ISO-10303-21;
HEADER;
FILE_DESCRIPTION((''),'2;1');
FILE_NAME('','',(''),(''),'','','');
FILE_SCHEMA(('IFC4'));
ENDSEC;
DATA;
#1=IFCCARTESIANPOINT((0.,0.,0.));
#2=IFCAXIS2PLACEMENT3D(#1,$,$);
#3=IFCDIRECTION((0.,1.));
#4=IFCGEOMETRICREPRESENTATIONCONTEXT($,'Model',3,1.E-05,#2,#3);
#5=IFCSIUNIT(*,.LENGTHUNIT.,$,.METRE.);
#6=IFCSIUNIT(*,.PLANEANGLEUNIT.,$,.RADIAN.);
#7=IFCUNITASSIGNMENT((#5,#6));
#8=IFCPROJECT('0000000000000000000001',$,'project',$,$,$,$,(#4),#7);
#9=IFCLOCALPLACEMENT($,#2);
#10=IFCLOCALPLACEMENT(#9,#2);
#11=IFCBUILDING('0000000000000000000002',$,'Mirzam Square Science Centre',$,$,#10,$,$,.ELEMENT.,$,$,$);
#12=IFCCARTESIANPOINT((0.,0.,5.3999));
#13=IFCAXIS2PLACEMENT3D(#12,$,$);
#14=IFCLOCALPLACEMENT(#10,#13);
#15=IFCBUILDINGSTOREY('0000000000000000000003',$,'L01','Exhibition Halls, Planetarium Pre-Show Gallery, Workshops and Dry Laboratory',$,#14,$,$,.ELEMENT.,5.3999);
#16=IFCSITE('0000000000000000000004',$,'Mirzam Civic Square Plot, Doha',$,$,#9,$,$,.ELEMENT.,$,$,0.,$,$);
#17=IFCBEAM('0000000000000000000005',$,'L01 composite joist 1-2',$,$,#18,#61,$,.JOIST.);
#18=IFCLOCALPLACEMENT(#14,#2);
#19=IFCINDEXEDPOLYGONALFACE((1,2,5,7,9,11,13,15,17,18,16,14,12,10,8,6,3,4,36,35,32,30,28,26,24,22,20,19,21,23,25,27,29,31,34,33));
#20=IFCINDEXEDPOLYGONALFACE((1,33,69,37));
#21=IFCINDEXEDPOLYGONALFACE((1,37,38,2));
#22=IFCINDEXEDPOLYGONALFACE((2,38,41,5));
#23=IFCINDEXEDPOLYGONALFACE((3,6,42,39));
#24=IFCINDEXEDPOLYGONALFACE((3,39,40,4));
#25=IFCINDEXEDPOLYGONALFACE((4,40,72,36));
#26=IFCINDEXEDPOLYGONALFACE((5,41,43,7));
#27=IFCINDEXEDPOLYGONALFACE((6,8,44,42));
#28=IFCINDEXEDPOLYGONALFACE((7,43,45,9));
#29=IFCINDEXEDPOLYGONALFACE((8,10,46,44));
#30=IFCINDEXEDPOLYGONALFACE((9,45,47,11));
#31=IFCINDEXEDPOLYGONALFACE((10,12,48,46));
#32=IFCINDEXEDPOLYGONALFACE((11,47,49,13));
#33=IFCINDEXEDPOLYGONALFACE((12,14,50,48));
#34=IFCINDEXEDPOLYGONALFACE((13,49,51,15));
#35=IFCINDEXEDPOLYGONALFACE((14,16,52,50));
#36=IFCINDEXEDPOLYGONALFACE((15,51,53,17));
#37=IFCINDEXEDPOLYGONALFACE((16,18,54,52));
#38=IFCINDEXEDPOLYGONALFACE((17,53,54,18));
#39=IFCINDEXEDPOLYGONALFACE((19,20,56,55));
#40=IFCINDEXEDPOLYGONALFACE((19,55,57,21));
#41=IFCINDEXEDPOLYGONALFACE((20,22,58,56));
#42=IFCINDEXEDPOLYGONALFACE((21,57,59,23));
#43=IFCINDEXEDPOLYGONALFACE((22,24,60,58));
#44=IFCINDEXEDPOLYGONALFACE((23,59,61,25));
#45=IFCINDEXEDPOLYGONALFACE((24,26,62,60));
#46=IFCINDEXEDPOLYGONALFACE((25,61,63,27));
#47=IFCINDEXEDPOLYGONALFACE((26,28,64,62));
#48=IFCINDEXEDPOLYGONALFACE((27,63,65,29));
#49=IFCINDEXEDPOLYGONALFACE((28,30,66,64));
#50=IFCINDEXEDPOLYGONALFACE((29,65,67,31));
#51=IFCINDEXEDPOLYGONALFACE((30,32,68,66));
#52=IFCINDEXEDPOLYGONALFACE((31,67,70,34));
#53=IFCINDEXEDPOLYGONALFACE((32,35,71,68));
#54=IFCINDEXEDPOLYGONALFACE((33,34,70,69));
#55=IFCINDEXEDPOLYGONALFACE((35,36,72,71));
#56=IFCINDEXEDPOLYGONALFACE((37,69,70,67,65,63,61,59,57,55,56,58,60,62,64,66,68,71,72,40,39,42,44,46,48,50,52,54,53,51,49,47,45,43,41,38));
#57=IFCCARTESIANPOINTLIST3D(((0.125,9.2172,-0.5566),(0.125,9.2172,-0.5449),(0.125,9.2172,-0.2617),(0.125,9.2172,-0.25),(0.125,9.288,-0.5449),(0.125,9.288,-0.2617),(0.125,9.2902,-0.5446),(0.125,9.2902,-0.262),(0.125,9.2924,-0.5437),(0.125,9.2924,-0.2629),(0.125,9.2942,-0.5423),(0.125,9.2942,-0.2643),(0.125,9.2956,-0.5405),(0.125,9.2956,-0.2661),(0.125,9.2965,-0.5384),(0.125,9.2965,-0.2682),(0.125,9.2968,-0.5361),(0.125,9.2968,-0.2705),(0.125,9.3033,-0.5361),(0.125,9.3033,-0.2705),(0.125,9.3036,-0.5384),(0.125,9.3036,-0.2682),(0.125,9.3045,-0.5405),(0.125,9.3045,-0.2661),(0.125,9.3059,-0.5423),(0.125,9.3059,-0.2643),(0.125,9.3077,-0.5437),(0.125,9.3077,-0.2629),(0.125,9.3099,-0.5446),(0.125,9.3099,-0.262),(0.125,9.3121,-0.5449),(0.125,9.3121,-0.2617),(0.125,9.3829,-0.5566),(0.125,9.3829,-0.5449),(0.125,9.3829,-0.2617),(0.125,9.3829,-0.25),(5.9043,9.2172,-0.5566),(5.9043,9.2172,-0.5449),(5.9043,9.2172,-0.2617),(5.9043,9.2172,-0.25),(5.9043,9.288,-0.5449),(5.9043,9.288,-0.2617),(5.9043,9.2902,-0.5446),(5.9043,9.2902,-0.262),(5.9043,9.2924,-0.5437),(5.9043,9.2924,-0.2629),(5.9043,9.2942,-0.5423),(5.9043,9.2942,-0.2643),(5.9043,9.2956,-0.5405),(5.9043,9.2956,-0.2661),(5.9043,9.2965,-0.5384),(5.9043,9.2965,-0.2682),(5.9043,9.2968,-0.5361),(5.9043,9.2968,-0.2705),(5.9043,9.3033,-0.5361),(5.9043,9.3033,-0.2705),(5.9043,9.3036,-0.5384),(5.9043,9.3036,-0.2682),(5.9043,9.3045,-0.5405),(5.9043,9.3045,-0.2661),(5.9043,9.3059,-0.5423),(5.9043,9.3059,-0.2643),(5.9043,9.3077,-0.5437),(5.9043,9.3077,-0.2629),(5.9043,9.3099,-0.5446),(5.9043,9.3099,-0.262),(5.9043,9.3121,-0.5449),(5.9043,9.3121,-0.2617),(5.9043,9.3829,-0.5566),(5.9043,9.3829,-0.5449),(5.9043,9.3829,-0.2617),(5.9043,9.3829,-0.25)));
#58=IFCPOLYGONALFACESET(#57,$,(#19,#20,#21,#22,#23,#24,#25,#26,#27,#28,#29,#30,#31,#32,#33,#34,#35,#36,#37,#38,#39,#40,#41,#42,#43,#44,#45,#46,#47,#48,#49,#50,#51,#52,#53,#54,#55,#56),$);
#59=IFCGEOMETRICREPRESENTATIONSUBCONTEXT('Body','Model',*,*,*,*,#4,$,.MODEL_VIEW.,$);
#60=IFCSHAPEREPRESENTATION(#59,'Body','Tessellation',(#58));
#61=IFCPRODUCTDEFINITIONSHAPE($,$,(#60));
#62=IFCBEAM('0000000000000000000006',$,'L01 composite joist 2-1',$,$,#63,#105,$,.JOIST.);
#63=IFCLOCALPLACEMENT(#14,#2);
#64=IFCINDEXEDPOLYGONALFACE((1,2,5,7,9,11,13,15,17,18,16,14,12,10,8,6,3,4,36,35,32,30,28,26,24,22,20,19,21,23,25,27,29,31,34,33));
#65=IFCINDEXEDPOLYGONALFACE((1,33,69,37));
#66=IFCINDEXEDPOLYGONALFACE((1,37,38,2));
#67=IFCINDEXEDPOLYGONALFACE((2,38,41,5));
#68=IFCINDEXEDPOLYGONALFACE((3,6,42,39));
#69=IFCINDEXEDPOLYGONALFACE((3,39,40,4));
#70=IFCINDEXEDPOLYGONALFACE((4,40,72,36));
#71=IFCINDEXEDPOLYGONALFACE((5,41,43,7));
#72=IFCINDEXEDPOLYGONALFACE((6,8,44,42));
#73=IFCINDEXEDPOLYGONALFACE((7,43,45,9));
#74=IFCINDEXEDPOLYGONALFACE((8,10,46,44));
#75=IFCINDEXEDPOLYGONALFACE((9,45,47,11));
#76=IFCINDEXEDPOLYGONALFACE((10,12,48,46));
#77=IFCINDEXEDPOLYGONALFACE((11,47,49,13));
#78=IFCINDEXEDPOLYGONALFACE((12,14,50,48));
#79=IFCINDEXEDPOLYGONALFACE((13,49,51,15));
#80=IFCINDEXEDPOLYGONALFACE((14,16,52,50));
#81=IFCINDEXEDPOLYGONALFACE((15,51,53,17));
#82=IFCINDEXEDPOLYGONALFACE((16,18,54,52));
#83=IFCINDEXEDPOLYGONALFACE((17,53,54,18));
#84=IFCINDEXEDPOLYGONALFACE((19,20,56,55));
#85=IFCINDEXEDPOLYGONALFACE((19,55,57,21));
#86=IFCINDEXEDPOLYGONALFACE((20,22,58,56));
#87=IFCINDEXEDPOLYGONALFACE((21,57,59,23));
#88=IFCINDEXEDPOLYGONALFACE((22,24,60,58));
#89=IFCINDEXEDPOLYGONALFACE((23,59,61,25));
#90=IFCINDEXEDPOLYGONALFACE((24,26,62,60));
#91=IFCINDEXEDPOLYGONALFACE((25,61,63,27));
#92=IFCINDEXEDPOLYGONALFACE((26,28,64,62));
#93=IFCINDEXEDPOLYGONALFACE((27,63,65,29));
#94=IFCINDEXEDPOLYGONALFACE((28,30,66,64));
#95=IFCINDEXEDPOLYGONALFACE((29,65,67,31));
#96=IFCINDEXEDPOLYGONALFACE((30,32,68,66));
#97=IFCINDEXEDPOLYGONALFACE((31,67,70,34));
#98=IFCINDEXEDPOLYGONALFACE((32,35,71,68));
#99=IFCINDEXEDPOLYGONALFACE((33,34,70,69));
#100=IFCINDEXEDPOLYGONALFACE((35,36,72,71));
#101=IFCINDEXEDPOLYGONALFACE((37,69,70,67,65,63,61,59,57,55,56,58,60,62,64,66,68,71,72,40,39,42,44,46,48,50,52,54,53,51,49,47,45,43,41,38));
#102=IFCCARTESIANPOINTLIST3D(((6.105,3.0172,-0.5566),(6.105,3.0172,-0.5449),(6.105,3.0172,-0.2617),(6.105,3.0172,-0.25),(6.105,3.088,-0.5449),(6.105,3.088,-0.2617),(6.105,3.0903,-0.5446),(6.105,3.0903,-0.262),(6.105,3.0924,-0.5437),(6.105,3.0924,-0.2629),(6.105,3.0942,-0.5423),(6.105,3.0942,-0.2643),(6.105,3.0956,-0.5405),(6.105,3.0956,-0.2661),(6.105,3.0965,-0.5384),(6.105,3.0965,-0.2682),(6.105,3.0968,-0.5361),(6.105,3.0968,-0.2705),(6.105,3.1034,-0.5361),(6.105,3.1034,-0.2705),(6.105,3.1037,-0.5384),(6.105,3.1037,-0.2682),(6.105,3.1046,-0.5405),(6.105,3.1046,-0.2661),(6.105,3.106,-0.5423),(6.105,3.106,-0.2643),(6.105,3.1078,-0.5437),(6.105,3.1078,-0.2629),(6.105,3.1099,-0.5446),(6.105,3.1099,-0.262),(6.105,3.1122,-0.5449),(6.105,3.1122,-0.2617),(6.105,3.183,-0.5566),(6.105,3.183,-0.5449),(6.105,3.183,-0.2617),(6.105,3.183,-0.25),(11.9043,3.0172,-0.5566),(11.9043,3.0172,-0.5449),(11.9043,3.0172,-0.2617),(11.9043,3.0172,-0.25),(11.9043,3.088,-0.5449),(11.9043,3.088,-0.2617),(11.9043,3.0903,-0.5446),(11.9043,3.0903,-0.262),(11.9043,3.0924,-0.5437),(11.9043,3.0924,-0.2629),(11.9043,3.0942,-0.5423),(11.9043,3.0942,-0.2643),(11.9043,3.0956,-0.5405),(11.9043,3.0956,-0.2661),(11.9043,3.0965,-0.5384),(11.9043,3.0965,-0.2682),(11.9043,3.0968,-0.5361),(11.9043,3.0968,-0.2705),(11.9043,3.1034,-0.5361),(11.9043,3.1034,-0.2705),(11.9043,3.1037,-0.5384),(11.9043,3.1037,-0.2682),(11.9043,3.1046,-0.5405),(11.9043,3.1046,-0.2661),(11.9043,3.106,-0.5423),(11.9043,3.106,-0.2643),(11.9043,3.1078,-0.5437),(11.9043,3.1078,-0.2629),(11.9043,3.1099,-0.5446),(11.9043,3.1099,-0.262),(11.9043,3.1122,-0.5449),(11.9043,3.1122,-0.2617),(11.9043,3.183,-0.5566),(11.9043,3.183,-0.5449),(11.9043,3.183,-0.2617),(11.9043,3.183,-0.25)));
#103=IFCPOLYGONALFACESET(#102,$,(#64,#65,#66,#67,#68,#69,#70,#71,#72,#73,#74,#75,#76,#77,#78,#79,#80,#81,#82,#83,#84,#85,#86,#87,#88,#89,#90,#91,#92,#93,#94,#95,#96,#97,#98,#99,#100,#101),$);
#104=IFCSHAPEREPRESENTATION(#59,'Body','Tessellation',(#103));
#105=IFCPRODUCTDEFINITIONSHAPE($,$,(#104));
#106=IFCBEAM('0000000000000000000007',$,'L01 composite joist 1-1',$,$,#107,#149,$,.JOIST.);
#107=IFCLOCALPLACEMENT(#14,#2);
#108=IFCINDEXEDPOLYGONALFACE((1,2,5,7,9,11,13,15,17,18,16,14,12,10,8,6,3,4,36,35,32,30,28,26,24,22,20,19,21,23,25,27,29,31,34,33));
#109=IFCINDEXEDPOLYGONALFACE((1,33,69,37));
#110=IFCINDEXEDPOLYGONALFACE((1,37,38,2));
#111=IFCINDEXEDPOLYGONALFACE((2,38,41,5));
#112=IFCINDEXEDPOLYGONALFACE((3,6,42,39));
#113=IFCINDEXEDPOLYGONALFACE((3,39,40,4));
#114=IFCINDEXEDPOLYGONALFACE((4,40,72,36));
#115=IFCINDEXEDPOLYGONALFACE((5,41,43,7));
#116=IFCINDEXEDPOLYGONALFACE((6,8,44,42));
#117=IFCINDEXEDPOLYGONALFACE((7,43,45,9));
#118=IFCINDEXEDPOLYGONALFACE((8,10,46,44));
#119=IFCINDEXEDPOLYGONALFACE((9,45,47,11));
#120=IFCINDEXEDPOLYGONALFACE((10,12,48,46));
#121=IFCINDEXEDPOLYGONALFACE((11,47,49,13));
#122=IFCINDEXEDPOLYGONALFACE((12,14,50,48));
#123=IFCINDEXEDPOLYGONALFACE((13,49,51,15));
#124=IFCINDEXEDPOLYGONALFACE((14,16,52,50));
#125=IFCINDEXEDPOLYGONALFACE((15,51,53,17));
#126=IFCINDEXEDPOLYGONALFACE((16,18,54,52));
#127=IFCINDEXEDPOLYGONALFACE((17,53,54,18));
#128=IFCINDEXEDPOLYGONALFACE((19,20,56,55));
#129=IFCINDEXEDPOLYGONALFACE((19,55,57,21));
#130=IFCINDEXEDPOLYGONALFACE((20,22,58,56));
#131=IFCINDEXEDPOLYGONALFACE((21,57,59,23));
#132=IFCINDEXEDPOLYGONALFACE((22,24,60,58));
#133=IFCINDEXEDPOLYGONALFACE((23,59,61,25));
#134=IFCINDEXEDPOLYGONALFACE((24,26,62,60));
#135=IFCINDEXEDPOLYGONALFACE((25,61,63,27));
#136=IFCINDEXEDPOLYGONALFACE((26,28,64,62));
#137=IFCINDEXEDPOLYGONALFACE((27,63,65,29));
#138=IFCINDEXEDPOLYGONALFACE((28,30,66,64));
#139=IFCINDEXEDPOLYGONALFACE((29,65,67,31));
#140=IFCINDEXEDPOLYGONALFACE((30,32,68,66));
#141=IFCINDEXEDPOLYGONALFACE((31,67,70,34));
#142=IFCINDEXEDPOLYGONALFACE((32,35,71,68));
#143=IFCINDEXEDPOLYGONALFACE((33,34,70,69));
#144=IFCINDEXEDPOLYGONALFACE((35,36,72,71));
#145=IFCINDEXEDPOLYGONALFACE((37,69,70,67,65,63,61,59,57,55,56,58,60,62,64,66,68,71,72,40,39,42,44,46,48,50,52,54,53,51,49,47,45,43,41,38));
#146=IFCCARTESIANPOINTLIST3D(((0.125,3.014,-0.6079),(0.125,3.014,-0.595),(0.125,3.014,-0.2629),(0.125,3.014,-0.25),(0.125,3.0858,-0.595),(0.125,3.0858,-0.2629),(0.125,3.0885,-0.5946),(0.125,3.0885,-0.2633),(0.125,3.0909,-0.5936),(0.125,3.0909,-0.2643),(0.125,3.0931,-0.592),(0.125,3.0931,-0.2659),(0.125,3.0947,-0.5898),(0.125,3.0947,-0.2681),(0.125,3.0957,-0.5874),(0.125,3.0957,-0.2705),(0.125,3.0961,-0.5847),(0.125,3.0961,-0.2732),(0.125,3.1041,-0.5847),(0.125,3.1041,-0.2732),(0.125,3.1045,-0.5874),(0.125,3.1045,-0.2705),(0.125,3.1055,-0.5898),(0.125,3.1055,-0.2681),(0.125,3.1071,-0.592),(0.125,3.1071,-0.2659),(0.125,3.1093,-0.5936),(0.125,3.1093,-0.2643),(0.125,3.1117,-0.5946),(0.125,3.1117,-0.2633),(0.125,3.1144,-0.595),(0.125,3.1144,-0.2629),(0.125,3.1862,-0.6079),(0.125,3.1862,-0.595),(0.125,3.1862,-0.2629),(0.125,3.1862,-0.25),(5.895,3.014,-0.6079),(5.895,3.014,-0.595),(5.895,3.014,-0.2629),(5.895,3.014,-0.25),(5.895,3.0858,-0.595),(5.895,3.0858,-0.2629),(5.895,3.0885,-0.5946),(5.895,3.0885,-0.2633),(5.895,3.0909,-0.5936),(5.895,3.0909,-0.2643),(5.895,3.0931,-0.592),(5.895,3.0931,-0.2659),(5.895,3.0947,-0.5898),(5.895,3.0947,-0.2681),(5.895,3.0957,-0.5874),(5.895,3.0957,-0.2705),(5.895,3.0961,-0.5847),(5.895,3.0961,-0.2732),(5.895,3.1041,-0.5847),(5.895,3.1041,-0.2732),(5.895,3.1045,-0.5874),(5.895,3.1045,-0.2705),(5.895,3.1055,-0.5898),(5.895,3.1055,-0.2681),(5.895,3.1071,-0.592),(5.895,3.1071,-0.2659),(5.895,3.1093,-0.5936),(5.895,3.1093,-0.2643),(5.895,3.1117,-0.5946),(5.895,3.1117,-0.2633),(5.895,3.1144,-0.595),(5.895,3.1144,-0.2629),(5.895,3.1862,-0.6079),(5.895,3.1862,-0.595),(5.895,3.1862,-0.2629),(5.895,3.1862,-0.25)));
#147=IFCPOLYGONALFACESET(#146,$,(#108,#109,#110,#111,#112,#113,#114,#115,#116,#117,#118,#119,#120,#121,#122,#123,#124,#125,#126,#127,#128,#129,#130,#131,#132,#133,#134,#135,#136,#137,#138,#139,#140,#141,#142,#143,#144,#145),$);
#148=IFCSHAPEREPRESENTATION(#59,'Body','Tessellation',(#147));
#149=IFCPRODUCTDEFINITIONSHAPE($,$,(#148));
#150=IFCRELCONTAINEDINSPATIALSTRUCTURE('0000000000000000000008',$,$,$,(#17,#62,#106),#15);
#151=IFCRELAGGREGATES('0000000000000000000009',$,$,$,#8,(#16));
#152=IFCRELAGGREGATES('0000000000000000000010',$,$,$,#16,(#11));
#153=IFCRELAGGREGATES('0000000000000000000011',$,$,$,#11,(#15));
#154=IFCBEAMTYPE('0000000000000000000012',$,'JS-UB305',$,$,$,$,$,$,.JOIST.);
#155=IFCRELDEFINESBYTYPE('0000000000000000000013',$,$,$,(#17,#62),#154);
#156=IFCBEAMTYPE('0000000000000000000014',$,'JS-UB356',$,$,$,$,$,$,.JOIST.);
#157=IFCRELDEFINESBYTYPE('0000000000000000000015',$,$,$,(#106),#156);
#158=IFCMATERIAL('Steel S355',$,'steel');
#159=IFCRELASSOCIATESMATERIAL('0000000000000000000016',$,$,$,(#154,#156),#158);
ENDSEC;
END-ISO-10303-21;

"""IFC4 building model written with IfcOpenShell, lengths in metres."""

from ifc_helpers import new_model, si_unit, direction, frame, origin, origin_2d, place, context, subcontext, project, spatial, i_section, extrude, material, material_profile, profile_set, type_object, element, save


model = new_model("IFC4")

# Units and contexts
model_context = context("Model", 3, precision=1e-05, world=origin(), true_north=direction((0.0, 1.0)))
body_context = subcontext(model_context, "Body", "Model", "MODEL_VIEW")
ifc_project = project(units=[si_unit("LENGTHUNIT", "METRE"), si_unit("PLANEANGLEUNIT", "RADIAN")], contexts=[model_context])

# Site, building, storey
site_placement = place(None, origin())
site = spatial("IfcSite", under=ifc_project, at=site_placement, Name="Mirzam Civic Square Plot, Doha", CompositionType="ELEMENT", RefElevation=0.0)
building_placement = place(site_placement, origin())
building = spatial("IfcBuilding", under=site, at=building_placement, Name="Mirzam Square Science Centre", CompositionType="ELEMENT")
storey_placement = place(building_placement, frame((0.0, 0.0, 5.3999)))
storey = spatial("IfcBuildingStorey", under=building, at=storey_placement, Name="L01", Description="Exhibition Halls, Planetarium Pre-Show Gallery, Workshops and Dry Laboratory", CompositionType="ELEMENT", Elevation=5.3999)

# Shared definitions
ifc_material_1 = material(Name="Steel S355", Category="steel")

# Beams
ifc_material_profile_1 = material_profile(ifc_material_1, i_section(OverallWidth=0.1658, OverallDepth=0.3066, WebThickness=0.0066, FlangeThickness=0.0117, FilletRadius=0.0088, at=origin_2d()), Name="305x165x46UB")
ifc_profile_set_1 = profile_set([ifc_material_profile_1], Name="Steel S355")
beam_type_1 = type_object("IfcBeamType", Name="JS-UB305", PredefinedType="JOIST", material=ifc_profile_set_1)
beam_1_placement = place(storey_placement, frame((0.125, 9.3, -0.4033), z_axis=(1.0, 0.0, 0.0), x_axis=(0.0, 1.0, 0.0)))
element("IfcBeam", 1, at=beam_1_placement, inside=storey, type_object=beam_type_1, Name="L01 composite joist 1-2", PredefinedType="JOIST", context=body_context, shape_type="SweptSolid", body=[
    extrude(i_section(OverallWidth=0.1658, OverallDepth=0.3066, WebThickness=0.0066, FlangeThickness=0.0117, FilletRadius=0.0088, at=origin_2d()), origin(), (0.0, 0.0, 1.0), 5.7793),
])
beam_2_placement = place(storey_placement, frame((6.105, 3.1001, -0.4033), z_axis=(1.0, 0.0, 0.0), x_axis=(0.0, 1.0, 0.0)))
element("IfcBeam", 2, at=beam_2_placement, inside=storey, type_object=beam_type_1, Name="L01 composite joist 2-1", PredefinedType="JOIST", context=body_context, shape_type="SweptSolid", body=[
    extrude(i_section(OverallWidth=0.1658, OverallDepth=0.3066, WebThickness=0.0066, FlangeThickness=0.0117, FilletRadius=0.0088, at=origin_2d()), origin(), (0.0, 0.0, 1.0), 5.7993),
])
ifc_material_profile_2 = material_profile(ifc_material_1, i_section(OverallWidth=0.1721, OverallDepth=0.3579, WebThickness=0.0081, FlangeThickness=0.0129, FilletRadius=0.0103, at=origin_2d()), Name="356x171x57UB")
ifc_profile_set_2 = profile_set([ifc_material_profile_2], Name="Steel S355")
beam_type_2 = type_object("IfcBeamType", Name="JS-UB356", PredefinedType="JOIST", material=ifc_profile_set_2)
beam_3_placement = place(storey_placement, frame((0.125, 3.1001, -0.429), z_axis=(1.0, 0.0, 0.0), x_axis=(0.0, 1.0, 0.0)))
element("IfcBeam", 3, at=beam_3_placement, inside=storey, type_object=beam_type_2, Name="L01 composite joist 1-1", PredefinedType="JOIST", context=body_context, shape_type="SweptSolid", body=[
    extrude(i_section(OverallWidth=0.1721, OverallDepth=0.3579, WebThickness=0.0081, FlangeThickness=0.0129, FilletRadius=0.0103, at=origin_2d()), origin(), (0.0, 0.0, 1.0), 5.77),
])

save(model, "model.ifc")
